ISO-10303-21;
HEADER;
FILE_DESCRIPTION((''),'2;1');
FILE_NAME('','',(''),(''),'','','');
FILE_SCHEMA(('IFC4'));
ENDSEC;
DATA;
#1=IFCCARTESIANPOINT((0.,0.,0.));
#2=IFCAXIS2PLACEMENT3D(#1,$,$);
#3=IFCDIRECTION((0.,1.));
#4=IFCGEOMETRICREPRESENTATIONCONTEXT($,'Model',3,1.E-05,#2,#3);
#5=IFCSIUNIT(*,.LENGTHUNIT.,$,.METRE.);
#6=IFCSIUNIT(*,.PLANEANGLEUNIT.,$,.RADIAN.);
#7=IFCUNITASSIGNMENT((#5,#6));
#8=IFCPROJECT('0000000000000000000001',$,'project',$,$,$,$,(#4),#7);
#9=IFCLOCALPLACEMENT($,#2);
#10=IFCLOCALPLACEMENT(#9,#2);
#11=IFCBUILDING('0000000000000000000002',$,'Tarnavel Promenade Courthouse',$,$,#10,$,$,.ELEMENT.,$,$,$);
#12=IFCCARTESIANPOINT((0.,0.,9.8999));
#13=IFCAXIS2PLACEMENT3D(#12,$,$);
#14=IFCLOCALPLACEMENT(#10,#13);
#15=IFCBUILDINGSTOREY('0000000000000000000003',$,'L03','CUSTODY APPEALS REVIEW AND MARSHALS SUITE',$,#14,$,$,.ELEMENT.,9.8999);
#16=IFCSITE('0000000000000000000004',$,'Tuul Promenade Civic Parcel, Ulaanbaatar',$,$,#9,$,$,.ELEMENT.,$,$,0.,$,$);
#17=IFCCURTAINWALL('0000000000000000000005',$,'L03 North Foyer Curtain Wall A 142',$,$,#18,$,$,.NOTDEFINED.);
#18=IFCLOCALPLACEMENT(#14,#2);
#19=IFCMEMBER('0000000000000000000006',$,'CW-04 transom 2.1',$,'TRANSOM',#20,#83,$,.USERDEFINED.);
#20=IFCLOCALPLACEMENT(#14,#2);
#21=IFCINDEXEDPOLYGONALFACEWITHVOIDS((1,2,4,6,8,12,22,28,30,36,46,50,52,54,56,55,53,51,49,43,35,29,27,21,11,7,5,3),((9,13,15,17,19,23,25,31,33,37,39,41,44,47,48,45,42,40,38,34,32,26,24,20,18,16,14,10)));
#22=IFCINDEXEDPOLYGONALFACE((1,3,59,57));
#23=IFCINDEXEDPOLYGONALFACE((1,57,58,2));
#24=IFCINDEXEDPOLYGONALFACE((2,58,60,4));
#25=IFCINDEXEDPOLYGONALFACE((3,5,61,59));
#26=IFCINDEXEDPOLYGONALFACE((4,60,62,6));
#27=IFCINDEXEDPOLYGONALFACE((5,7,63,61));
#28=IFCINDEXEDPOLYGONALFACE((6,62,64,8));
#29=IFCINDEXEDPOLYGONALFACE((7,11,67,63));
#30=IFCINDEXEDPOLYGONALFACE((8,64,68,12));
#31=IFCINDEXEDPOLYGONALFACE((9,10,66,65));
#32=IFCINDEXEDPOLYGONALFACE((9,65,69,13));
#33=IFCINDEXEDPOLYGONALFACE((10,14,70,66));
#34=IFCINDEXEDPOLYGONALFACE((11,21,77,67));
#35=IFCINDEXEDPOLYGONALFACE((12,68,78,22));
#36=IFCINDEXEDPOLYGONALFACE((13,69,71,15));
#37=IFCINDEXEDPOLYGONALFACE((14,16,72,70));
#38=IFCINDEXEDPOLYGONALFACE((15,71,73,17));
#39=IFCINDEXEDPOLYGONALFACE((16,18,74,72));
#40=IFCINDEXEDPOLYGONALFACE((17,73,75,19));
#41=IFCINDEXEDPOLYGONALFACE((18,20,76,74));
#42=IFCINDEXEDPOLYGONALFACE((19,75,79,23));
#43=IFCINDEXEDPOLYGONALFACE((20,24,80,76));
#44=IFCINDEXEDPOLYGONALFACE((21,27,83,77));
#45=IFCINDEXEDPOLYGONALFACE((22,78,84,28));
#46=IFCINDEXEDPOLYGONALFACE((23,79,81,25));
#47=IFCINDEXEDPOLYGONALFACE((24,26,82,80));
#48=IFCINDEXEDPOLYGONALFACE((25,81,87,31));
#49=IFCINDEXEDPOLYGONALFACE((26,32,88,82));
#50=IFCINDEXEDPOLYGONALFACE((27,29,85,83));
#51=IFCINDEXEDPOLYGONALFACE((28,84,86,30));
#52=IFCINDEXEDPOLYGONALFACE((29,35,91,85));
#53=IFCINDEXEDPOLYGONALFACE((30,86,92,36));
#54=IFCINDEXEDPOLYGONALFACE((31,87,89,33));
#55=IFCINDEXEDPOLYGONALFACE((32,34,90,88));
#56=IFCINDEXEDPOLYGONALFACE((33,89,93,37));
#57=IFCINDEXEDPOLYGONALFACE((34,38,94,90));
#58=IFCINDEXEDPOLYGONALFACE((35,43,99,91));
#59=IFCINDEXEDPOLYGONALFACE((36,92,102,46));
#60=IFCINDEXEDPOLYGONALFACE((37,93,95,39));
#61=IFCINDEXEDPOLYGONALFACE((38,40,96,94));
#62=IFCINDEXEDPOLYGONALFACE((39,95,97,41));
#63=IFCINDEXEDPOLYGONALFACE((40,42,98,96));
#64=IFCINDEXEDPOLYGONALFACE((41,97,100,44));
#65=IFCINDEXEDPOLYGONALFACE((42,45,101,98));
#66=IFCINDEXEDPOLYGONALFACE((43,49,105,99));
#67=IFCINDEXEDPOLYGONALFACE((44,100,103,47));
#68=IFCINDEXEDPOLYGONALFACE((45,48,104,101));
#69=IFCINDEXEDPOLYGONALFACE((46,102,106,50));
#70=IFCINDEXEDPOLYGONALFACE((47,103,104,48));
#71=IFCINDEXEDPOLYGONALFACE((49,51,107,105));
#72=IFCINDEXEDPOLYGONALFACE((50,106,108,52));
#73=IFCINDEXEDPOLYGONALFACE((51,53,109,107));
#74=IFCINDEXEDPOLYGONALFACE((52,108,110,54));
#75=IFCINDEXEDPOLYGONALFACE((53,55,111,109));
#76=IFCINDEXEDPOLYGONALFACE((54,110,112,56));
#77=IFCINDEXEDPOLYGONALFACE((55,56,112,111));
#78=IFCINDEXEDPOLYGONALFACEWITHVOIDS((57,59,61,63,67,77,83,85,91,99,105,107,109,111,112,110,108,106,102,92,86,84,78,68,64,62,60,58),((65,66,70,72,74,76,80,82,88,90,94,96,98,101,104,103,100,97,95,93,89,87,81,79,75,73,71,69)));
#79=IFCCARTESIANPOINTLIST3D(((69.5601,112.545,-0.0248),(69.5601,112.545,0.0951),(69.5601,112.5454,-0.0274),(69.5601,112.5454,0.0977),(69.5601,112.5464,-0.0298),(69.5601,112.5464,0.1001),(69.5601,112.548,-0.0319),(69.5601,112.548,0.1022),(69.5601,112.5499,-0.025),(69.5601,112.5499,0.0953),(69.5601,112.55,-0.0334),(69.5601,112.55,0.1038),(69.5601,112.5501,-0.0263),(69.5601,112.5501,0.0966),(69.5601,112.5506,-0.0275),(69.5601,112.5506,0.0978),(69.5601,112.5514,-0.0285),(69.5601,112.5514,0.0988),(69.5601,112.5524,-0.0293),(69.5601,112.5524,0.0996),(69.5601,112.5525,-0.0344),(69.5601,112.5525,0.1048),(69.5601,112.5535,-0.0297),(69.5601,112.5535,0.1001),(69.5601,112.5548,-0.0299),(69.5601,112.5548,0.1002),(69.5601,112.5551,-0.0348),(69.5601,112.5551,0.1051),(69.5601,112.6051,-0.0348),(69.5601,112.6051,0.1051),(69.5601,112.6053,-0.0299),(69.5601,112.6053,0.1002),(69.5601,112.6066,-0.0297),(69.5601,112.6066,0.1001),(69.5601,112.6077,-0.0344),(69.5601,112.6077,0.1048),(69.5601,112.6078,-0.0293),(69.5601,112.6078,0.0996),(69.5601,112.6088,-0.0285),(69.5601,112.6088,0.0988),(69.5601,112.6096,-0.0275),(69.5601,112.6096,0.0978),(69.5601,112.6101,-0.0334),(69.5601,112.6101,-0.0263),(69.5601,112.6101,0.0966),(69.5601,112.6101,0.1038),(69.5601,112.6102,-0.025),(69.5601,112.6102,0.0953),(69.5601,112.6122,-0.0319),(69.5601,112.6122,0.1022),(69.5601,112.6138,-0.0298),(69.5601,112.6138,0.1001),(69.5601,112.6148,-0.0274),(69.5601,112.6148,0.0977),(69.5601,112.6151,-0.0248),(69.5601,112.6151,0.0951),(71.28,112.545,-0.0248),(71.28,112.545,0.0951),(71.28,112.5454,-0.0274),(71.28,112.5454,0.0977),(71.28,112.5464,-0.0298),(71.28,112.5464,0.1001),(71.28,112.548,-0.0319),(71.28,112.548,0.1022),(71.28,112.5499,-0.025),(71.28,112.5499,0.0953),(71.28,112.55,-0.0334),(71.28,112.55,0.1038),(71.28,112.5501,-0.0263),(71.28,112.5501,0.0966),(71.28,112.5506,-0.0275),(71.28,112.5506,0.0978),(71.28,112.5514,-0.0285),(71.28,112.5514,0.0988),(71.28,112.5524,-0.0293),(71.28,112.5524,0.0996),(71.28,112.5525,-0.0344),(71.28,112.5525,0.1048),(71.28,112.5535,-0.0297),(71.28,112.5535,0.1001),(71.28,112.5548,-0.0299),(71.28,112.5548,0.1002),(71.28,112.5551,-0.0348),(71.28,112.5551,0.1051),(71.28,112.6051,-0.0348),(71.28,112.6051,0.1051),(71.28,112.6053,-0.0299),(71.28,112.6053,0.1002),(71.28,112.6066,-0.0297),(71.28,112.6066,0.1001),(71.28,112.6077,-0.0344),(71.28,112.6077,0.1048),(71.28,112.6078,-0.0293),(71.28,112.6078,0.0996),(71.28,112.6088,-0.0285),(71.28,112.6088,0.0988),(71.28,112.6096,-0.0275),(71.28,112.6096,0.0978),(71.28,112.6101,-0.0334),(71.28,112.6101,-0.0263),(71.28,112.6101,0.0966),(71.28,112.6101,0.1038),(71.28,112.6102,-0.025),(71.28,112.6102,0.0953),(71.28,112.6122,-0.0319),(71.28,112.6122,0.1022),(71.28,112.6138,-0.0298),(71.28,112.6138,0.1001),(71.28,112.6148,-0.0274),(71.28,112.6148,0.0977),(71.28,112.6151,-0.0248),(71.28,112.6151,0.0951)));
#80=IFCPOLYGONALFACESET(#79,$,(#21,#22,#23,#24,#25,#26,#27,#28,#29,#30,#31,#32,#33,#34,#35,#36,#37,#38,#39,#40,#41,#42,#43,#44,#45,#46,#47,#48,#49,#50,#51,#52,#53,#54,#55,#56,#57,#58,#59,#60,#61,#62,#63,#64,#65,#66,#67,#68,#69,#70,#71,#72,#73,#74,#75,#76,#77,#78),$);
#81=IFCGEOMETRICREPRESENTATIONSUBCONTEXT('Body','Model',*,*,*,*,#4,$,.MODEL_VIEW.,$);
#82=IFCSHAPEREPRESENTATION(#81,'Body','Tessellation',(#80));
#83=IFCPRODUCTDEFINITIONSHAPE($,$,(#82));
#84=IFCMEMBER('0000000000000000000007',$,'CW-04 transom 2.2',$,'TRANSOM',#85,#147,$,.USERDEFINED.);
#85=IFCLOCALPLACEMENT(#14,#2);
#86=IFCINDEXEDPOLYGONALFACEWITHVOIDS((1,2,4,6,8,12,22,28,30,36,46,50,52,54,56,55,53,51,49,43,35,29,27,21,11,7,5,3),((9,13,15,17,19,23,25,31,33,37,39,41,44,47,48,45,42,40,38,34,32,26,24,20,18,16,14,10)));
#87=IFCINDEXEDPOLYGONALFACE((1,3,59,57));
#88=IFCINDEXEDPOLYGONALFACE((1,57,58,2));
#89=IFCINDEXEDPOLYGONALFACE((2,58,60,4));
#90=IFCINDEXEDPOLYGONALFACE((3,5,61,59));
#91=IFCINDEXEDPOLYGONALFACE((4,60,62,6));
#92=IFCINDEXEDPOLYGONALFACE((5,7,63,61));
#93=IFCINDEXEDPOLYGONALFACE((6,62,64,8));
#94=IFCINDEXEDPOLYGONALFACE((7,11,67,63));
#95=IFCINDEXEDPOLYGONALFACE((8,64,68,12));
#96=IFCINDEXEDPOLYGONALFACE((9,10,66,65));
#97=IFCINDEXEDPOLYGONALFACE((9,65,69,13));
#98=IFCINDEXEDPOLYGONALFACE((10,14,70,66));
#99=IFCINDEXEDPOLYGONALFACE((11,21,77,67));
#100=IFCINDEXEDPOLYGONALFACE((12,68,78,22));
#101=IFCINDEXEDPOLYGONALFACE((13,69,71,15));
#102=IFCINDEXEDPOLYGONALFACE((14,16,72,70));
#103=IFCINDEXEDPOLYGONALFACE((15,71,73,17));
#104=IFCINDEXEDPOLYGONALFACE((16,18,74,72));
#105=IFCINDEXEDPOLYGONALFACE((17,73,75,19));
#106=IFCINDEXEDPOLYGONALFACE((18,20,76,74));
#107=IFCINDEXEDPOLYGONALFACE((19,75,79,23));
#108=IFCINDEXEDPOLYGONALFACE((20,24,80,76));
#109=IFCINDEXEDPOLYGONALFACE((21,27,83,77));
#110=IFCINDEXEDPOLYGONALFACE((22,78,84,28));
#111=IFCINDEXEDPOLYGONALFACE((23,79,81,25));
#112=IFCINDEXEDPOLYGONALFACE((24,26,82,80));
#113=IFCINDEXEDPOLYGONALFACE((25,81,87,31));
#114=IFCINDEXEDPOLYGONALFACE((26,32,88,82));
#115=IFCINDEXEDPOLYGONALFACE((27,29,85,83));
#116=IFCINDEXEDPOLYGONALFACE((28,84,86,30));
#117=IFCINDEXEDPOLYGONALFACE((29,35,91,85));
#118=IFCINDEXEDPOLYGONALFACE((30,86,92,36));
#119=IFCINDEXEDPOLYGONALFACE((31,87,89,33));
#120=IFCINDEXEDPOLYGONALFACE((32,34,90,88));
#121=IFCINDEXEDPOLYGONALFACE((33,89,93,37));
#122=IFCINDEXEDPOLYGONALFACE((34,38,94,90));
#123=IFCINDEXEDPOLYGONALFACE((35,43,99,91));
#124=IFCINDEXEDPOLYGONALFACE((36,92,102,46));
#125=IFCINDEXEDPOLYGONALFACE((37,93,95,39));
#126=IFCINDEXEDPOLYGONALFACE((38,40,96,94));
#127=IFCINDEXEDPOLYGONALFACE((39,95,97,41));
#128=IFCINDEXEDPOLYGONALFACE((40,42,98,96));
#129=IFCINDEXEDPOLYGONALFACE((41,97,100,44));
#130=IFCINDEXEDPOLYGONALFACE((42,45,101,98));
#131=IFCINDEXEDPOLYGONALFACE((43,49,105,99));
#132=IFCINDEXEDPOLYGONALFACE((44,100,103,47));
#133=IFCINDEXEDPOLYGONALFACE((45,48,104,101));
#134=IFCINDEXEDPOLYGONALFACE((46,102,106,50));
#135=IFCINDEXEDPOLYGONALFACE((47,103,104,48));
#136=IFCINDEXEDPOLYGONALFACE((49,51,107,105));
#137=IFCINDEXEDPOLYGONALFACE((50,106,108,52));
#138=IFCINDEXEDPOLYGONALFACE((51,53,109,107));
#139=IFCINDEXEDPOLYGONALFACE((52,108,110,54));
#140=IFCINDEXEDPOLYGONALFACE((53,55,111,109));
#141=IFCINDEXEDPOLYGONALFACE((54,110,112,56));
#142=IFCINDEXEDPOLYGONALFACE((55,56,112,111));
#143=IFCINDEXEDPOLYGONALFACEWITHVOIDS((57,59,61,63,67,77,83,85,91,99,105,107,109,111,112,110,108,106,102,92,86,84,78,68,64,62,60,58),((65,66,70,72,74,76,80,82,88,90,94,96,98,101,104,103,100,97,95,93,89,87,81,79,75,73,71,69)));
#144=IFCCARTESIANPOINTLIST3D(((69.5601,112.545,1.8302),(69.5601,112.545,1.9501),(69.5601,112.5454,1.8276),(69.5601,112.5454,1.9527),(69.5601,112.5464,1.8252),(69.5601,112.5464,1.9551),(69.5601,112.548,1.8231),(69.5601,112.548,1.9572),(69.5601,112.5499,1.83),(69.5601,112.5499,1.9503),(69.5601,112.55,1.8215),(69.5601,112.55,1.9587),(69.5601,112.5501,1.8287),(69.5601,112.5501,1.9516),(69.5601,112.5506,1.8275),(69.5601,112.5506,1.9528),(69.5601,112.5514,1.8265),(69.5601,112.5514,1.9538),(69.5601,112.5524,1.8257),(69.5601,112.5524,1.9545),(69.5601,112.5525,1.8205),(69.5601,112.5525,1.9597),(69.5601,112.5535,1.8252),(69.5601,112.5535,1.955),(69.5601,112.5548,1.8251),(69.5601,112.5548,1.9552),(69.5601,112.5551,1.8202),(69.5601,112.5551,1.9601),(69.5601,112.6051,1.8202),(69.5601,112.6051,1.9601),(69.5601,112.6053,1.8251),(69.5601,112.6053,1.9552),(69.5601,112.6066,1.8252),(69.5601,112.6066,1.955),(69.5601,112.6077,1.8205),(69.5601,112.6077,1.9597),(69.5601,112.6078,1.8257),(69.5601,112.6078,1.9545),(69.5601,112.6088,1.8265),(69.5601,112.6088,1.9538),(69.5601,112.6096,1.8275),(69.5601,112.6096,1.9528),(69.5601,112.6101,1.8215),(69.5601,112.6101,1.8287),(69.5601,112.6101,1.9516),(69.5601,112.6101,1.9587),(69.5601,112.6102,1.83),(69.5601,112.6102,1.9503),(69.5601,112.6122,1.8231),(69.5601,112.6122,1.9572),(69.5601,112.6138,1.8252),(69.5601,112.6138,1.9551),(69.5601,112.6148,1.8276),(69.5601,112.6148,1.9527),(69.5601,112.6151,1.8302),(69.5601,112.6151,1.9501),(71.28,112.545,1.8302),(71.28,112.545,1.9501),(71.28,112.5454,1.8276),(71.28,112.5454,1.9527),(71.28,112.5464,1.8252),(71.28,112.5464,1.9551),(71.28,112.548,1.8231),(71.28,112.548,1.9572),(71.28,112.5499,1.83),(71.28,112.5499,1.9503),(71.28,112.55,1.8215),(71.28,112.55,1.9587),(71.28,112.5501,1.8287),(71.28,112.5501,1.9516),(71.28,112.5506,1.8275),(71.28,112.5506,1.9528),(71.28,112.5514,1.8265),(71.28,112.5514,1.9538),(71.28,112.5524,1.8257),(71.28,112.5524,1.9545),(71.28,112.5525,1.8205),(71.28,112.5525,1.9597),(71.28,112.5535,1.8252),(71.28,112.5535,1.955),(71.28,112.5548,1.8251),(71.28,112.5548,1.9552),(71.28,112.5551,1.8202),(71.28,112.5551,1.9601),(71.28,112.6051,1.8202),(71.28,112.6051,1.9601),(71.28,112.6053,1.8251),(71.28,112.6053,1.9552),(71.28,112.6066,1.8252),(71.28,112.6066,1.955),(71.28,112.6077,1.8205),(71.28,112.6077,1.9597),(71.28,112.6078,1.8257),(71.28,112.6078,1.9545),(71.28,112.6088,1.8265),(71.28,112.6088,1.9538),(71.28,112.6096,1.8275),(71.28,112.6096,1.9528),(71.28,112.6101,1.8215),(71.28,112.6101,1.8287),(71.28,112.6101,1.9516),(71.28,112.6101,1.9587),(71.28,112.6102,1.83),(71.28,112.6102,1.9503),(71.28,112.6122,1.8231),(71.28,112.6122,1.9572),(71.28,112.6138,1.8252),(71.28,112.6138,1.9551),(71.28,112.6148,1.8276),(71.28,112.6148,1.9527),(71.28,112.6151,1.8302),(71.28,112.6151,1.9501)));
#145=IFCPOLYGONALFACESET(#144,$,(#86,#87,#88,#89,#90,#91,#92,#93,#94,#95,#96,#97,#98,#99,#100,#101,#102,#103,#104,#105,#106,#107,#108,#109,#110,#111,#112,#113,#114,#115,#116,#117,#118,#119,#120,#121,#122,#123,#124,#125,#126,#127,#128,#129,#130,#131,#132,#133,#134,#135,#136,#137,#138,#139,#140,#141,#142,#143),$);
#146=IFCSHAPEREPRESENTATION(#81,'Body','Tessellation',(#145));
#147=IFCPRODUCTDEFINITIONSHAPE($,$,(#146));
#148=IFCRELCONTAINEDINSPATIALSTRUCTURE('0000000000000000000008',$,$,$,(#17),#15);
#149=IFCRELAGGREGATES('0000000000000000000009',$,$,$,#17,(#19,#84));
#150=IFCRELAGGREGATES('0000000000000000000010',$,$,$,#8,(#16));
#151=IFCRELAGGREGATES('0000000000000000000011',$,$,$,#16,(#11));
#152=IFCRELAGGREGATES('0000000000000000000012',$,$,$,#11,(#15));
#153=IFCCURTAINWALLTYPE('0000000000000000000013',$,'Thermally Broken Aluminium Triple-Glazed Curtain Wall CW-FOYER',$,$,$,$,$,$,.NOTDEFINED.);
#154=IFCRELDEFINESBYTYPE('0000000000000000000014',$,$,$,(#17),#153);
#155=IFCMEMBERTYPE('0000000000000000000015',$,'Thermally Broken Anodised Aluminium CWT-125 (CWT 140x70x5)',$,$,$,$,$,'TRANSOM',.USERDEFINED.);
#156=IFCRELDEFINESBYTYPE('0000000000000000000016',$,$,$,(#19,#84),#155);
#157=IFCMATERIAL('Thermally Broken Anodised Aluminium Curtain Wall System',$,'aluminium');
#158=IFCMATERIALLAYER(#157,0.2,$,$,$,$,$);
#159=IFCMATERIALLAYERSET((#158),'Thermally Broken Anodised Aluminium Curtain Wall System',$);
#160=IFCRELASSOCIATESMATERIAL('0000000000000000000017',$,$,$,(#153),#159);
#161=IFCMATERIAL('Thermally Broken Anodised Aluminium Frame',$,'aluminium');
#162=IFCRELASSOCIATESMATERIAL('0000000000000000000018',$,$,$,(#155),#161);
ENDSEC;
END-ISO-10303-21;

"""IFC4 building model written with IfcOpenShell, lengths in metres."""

from ifc_helpers import new_model, si_unit, direction, frame, origin, origin_2d, place, context, subcontext, project, spatial, hollow_rectangle, extrude, material, layer, layer_set, material_profile, profile_set, type_object, element, aggregate, save


model = new_model("IFC4")

# Units and contexts
model_context = context("Model", 3, precision=1e-05, world=origin(), true_north=direction((0.0, 1.0)))
body_context = subcontext(model_context, "Body", "Model", "MODEL_VIEW")
ifc_project = project(units=[si_unit("LENGTHUNIT", "METRE"), si_unit("PLANEANGLEUNIT", "RADIAN")], contexts=[model_context])

# Site, building, storey
site_placement = place(None, origin())
site = spatial("IfcSite", under=ifc_project, at=site_placement, Name="Tuul Promenade Civic Parcel, Ulaanbaatar", CompositionType="ELEMENT", RefElevation=0.0)
building_placement = place(site_placement, origin())
building = spatial("IfcBuilding", under=site, at=building_placement, Name="Tarnavel Promenade Courthouse", CompositionType="ELEMENT")
storey_placement = place(building_placement, frame((0.0, 0.0, 9.8999)))
storey = spatial("IfcBuildingStorey", under=building, at=storey_placement, Name="L03", Description="CUSTODY APPEALS REVIEW AND MARSHALS SUITE", CompositionType="ELEMENT", Elevation=9.8999)

# Curtain wall
ifc_material_1 = material(Name="Thermally Broken Anodised Aluminium Curtain Wall System", Category="aluminium")
ifc_layer_1 = layer(ifc_material_1, 0.2)
ifc_layer_set_1 = layer_set([ifc_layer_1], Name="Thermally Broken Anodised Aluminium Curtain Wall System")
curtain_wall_type = type_object("IfcCurtainWallType", Name="Thermally Broken Aluminium Triple-Glazed Curtain Wall CW-FOYER", PredefinedType="NOTDEFINED", material=ifc_layer_set_1)
curtain_wall_1_placement = place(storey_placement, origin())
curtain_wall_1 = element("IfcCurtainWall", 1, at=curtain_wall_1_placement, inside=storey, type_object=curtain_wall_type, Name="L03 North Foyer Curtain Wall A 142", PredefinedType="NOTDEFINED")
ifc_material_2 = material(Name="Thermally Broken Anodised Aluminium Frame", Category="aluminium")

# Members
ifc_material_profile_1 = material_profile(ifc_material_2, hollow_rectangle(XDim=0.0701, YDim=0.1399, WallThickness=0.0049, InnerFilletRadius=0.0049, OuterFilletRadius=0.01, at=origin_2d()), Name="CWT 140x70x5")
ifc_profile_set_1 = profile_set([ifc_material_profile_1], Name="Thermally Broken Anodised Aluminium Frame")
member_type_1 = type_object("IfcMemberType", Name="Thermally Broken Anodised Aluminium CWT-125 (CWT 140x70x5)", ElementType="TRANSOM", PredefinedType="USERDEFINED", material=ifc_profile_set_1)
member_1_placement = place(storey_placement, frame((69.5601, 112.5801, 0.0352), z_axis=(1.0, 0.0, 0.0), x_axis=(0.0, 1.0, 0.0)))
member_1 = element("IfcMember", 2, at=member_1_placement, type_object=member_type_1, Name="CW-04 transom 2.1", ObjectType="TRANSOM", PredefinedType="USERDEFINED", context=body_context, shape_type="SweptSolid", body=[
    extrude(hollow_rectangle(XDim=0.0701, YDim=0.1399, WallThickness=0.0049, InnerFilletRadius=0.0049, OuterFilletRadius=0.01, at=origin_2d()), origin(), (0.0, 0.0, 1.0), 1.72),
])
member_2_placement = place(storey_placement, frame((69.5601, 112.5801, 1.8901), z_axis=(1.0, 0.0, 0.0), x_axis=(0.0, 1.0, 0.0)))
member_2 = element("IfcMember", 3, at=member_2_placement, type_object=member_type_1, Name="CW-04 transom 2.2", ObjectType="TRANSOM", PredefinedType="USERDEFINED", context=body_context, shape_type="SweptSolid", body=[
    extrude(hollow_rectangle(XDim=0.0701, YDim=0.1399, WallThickness=0.0049, InnerFilletRadius=0.0049, OuterFilletRadius=0.01, at=origin_2d()), origin(), (0.0, 0.0, 1.0), 1.72),
])

aggregate(curtain_wall_1, [member_1, member_2])

save(model, "model.ifc")
